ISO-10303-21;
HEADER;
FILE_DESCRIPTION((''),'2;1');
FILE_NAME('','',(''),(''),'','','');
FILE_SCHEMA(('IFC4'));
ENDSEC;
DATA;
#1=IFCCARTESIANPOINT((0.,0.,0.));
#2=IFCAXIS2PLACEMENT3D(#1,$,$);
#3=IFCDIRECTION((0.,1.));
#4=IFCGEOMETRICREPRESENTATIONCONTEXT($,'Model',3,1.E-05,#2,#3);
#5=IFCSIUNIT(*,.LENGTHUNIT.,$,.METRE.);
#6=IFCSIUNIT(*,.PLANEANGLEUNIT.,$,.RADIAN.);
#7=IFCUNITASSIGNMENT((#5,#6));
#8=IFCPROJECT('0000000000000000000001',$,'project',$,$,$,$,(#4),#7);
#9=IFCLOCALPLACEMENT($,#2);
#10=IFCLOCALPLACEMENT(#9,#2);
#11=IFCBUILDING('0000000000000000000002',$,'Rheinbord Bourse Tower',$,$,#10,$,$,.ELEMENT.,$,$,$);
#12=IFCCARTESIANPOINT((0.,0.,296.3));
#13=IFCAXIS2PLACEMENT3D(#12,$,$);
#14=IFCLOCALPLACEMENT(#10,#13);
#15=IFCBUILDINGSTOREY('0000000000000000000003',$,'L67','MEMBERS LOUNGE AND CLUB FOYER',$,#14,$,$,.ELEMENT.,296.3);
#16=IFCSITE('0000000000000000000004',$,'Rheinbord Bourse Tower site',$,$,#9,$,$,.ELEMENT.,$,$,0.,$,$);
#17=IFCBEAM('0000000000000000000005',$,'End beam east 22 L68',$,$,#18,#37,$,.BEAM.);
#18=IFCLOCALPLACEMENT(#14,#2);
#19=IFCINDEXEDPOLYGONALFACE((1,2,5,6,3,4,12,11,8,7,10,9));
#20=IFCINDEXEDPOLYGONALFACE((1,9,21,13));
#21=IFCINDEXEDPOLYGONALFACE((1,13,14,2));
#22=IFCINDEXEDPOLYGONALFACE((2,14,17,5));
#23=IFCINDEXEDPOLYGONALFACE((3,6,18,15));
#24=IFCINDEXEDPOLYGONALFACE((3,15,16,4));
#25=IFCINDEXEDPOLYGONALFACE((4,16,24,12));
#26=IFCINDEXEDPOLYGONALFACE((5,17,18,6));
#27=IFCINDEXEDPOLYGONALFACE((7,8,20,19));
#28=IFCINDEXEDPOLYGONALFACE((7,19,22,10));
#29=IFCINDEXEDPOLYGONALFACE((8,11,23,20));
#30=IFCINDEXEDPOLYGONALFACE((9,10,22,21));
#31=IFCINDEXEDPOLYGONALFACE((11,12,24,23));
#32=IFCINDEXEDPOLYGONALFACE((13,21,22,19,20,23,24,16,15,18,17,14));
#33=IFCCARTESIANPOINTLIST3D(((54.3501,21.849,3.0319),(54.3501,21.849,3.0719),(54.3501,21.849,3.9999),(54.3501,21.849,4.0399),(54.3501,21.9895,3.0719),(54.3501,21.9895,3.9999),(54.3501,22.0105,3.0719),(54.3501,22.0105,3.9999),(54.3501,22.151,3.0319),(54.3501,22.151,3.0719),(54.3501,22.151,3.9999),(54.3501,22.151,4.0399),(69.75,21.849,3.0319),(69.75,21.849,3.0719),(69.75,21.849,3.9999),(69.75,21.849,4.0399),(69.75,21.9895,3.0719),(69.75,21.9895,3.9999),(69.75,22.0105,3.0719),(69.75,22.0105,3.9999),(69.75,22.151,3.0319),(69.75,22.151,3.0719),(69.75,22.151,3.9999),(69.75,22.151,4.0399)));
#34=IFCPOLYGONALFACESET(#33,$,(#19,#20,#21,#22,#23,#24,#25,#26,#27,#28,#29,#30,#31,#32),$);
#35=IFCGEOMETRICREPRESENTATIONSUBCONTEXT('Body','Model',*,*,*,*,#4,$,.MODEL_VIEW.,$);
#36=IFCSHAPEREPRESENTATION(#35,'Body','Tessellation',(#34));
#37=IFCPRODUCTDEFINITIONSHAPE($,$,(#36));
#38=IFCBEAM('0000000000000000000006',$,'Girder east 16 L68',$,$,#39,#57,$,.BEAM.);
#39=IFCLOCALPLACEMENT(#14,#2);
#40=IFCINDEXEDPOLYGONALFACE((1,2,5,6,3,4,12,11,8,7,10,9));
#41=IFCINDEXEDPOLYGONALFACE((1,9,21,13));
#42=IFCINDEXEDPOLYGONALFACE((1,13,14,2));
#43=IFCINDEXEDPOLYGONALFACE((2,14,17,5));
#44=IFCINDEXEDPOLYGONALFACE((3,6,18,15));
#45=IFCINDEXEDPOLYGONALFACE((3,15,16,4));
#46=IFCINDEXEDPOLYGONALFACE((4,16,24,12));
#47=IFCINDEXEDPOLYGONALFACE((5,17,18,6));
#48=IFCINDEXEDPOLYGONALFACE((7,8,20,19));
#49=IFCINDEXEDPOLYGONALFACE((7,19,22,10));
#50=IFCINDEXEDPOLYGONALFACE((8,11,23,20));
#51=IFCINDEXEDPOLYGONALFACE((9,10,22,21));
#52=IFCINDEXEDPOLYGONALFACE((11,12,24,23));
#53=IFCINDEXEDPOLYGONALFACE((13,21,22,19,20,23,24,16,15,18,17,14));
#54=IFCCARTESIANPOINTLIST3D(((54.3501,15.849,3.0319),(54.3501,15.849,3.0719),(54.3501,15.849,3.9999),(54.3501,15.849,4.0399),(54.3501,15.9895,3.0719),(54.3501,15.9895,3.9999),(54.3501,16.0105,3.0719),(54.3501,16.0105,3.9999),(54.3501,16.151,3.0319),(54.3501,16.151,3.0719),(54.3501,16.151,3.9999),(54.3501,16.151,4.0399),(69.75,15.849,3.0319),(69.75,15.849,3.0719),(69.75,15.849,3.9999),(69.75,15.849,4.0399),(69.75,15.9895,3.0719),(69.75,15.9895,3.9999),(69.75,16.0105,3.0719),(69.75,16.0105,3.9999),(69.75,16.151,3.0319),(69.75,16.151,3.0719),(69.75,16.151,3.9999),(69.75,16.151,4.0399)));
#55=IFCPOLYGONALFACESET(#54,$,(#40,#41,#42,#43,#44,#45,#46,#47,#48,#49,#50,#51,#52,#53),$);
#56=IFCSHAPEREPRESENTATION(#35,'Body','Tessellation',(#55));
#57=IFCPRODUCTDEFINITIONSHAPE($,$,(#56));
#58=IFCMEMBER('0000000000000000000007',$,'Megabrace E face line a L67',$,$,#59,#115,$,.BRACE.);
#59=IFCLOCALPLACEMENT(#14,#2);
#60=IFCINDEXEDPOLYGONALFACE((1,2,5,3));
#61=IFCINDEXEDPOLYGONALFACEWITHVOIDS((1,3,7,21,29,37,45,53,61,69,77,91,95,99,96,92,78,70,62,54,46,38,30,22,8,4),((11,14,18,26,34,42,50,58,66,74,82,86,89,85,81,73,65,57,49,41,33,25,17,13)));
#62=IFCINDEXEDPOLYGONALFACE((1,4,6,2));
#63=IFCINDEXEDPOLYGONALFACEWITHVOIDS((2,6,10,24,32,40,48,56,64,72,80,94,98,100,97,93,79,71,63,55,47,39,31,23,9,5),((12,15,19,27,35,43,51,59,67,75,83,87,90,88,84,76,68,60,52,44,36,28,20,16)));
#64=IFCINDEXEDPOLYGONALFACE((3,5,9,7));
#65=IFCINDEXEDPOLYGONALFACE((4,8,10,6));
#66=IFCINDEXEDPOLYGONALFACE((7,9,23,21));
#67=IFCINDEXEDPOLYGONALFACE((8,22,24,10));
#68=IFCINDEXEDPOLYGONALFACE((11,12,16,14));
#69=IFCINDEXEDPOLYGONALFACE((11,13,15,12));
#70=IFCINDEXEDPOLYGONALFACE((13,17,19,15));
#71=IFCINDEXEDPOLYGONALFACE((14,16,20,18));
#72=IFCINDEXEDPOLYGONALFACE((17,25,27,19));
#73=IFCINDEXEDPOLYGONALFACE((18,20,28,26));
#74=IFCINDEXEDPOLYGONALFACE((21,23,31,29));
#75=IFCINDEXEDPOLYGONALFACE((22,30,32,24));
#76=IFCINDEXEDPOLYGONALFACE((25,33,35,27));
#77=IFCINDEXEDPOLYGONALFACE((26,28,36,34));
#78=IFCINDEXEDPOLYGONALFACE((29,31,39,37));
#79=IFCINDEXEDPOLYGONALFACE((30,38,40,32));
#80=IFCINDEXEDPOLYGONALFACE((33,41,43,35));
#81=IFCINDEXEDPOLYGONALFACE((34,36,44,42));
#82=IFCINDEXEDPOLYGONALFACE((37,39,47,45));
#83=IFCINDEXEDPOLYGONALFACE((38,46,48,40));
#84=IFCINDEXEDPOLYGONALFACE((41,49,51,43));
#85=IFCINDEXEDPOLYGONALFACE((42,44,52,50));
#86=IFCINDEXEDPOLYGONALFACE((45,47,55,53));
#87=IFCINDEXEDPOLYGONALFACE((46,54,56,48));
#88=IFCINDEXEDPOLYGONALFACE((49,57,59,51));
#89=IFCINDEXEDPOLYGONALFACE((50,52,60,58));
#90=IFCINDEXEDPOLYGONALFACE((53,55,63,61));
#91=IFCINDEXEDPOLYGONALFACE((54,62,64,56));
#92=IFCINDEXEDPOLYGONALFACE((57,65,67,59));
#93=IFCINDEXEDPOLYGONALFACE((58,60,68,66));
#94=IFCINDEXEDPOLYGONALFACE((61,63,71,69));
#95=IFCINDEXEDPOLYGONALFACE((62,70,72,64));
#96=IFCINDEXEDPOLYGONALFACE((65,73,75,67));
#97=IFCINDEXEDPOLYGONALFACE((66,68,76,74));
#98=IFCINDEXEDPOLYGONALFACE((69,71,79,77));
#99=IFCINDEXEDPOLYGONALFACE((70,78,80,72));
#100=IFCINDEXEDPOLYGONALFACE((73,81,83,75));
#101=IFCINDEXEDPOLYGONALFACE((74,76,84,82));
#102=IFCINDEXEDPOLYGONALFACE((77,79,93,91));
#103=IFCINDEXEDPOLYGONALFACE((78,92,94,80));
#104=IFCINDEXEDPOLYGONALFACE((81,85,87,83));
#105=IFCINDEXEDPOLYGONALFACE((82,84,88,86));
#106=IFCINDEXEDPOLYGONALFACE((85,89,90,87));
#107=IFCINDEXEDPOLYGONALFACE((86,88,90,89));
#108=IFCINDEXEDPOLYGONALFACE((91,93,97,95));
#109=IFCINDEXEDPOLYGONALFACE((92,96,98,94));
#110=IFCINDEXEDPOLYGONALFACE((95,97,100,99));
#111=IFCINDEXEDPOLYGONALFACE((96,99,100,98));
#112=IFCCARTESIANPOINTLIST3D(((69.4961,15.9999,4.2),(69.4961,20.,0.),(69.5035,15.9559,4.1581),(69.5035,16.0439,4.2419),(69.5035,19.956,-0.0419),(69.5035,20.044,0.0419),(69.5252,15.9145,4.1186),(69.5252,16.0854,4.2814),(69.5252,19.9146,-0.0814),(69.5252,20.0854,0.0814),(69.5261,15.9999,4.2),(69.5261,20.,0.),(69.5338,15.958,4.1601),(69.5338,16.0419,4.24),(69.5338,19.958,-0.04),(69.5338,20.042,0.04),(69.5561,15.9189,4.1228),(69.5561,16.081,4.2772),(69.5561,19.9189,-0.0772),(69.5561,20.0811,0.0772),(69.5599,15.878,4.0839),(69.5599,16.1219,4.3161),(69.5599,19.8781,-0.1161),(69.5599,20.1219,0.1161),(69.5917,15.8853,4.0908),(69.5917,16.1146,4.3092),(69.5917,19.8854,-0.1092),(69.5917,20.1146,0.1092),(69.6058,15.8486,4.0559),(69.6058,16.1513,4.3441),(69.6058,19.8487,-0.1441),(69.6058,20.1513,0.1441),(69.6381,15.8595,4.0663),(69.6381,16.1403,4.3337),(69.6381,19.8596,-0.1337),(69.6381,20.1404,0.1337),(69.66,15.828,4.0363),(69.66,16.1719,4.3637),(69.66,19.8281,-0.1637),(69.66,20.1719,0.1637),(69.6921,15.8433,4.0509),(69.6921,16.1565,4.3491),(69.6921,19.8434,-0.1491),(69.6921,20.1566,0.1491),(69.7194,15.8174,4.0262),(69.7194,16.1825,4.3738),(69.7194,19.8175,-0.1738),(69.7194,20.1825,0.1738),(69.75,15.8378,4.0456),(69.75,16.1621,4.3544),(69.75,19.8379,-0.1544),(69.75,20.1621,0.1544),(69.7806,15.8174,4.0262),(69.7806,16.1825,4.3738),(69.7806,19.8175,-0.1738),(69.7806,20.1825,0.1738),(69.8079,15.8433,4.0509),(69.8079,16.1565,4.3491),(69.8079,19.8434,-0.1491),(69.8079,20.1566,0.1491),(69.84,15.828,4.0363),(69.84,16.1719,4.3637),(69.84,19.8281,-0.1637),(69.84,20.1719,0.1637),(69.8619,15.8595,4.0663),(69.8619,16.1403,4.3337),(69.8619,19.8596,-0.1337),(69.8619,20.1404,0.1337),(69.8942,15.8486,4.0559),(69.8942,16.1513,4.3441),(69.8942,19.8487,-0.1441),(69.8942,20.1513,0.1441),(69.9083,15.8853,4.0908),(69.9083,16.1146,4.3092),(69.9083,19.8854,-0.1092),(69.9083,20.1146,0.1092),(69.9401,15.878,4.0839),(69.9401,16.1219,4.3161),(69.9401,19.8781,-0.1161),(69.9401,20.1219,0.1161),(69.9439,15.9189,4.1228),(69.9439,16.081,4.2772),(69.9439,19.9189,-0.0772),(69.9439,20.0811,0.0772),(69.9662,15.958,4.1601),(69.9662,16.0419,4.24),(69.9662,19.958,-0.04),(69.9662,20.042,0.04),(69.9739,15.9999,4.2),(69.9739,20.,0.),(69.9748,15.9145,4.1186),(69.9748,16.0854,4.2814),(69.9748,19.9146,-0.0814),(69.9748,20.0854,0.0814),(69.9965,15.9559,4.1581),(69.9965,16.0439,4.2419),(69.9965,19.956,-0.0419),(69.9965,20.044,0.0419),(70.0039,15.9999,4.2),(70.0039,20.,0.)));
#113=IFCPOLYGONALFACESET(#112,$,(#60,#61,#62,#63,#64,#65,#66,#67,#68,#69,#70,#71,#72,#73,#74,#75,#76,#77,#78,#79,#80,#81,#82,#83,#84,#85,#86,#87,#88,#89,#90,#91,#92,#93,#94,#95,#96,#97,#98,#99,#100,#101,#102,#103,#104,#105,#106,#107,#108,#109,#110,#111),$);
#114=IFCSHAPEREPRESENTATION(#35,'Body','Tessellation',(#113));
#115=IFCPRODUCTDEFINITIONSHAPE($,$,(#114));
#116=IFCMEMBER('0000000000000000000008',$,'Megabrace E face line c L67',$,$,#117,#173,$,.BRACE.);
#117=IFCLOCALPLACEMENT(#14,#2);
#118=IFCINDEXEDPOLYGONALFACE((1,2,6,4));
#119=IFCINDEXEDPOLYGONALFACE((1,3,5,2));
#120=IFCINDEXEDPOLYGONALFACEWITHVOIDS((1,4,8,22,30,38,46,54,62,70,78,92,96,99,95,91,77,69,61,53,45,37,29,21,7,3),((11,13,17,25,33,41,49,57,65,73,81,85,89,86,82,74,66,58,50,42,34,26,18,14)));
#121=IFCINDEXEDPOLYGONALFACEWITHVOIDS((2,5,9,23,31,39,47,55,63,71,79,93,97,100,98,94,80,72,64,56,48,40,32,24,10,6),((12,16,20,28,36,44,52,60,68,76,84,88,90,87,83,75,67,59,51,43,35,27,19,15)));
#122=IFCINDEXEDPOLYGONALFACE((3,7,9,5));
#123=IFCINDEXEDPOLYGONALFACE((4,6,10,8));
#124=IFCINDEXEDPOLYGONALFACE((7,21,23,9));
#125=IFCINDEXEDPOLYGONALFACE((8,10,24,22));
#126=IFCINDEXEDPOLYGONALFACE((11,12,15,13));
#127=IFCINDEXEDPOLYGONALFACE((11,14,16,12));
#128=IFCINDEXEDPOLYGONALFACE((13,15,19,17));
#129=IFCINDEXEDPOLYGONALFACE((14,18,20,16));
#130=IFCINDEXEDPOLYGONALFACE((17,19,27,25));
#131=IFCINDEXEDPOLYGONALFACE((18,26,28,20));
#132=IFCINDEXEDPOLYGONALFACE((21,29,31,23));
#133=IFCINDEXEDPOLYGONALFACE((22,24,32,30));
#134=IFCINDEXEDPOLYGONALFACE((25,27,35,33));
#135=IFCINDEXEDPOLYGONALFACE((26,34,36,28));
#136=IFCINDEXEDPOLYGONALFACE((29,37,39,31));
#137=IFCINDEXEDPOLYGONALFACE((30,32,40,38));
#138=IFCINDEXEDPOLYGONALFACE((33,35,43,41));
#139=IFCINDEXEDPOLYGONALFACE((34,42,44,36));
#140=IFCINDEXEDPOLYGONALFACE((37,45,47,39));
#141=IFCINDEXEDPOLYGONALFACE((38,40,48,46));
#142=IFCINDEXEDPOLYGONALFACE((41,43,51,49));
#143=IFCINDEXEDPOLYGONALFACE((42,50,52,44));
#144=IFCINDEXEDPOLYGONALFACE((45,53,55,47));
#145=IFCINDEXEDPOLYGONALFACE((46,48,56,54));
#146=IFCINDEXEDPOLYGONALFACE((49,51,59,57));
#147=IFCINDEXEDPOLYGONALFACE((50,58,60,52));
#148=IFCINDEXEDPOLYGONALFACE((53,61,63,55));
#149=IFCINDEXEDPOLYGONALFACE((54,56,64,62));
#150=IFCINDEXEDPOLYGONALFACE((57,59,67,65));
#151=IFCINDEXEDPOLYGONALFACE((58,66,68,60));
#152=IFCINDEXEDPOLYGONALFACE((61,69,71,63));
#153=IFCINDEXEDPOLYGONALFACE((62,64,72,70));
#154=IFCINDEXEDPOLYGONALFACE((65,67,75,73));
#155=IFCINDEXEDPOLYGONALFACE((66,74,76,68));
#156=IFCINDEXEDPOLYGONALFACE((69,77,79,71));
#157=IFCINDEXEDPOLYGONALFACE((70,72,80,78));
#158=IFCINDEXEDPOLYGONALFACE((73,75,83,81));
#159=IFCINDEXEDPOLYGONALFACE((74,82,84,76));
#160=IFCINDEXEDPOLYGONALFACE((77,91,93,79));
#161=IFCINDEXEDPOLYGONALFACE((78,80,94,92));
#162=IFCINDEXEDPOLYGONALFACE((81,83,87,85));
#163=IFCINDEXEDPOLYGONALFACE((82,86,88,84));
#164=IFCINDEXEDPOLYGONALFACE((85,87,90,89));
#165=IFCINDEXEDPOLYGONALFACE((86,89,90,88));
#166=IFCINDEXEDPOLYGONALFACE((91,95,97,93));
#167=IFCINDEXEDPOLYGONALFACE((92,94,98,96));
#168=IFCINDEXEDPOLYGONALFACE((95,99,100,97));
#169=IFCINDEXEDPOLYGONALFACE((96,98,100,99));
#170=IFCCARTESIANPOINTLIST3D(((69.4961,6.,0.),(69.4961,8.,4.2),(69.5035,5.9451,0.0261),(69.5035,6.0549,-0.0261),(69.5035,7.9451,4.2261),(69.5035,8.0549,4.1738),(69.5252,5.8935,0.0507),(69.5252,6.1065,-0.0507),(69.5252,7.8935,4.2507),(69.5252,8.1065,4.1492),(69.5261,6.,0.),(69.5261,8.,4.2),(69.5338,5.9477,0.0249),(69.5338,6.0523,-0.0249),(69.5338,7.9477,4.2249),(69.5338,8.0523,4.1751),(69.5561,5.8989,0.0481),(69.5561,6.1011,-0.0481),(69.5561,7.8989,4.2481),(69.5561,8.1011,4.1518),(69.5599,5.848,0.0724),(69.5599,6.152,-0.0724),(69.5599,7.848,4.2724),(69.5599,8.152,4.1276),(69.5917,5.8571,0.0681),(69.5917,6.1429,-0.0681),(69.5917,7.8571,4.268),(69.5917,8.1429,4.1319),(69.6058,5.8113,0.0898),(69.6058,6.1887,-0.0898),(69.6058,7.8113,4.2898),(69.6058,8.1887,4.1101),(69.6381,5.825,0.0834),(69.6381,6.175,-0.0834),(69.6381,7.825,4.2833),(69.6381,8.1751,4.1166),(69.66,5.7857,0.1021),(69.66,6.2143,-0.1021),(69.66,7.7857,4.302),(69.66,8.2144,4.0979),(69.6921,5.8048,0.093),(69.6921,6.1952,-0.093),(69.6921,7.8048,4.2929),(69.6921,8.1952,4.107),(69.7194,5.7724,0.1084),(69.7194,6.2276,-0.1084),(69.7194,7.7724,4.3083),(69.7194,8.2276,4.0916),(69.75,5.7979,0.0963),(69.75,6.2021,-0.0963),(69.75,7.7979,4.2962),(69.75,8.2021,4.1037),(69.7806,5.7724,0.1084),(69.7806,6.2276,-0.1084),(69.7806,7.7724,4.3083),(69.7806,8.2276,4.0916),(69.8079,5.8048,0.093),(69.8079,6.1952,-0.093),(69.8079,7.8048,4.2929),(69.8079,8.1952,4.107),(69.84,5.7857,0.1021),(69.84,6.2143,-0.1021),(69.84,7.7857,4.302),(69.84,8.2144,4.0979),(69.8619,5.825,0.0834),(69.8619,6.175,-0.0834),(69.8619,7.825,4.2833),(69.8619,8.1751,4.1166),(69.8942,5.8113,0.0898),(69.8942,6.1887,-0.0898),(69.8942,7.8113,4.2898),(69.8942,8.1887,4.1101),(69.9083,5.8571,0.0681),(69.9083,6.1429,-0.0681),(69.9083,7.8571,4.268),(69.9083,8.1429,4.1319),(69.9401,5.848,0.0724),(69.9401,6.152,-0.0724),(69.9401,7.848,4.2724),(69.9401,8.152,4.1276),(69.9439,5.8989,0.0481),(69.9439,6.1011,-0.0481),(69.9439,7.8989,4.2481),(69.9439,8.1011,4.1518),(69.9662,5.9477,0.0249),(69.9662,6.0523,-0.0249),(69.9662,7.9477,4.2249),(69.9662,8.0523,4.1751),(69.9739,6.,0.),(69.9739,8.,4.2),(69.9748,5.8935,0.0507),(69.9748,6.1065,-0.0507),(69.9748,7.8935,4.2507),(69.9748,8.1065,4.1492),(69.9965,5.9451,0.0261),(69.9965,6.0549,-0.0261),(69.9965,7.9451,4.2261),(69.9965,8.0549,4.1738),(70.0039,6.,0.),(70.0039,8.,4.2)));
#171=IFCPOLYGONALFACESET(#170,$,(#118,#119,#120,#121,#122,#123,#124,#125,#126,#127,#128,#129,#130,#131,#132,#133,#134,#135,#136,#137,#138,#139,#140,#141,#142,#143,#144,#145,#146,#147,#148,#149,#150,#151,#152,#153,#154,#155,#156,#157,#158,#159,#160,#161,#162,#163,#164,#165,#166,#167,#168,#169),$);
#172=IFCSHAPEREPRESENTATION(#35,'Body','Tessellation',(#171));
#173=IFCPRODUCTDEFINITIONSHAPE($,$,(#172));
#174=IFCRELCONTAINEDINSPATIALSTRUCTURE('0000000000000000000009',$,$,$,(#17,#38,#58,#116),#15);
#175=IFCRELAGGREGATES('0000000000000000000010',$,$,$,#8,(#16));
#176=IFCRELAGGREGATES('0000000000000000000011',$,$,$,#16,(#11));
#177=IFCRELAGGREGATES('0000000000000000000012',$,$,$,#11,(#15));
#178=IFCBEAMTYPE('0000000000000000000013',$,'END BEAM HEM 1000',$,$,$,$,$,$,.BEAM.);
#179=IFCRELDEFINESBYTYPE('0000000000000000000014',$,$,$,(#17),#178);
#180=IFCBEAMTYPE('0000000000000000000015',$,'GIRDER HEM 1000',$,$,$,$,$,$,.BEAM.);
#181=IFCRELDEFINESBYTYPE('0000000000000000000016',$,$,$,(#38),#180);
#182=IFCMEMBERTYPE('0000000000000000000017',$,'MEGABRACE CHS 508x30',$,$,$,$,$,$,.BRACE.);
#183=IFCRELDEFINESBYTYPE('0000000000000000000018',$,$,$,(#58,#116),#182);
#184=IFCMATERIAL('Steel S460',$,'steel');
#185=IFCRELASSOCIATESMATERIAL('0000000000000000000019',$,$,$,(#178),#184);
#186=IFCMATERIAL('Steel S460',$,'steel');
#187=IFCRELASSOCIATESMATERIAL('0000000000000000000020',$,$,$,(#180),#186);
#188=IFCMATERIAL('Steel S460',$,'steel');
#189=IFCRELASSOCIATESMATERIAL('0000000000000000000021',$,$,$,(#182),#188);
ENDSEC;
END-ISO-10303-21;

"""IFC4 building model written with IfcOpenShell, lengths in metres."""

from ifc_helpers import new_model, si_unit, direction, frame, origin, origin_2d, place, context, subcontext, project, spatial, hollow_circle, i_section, extrude, material, material_profile, profile_set, type_object, element, save


model = new_model("IFC4")

# Units and contexts
model_context = context("Model", 3, precision=1e-05, world=origin(), true_north=direction((0.0, 1.0)))
body_context = subcontext(model_context, "Body", "Model", "MODEL_VIEW")
ifc_project = project(units=[si_unit("LENGTHUNIT", "METRE"), si_unit("PLANEANGLEUNIT", "RADIAN")], contexts=[model_context])

# Site, building, storey
site_placement = place(None, origin())
site = spatial("IfcSite", under=ifc_project, at=site_placement, Name="Rheinbord Bourse Tower site", CompositionType="ELEMENT", RefElevation=0.0)
building_placement = place(site_placement, origin())
building = spatial("IfcBuilding", under=site, at=building_placement, Name="Rheinbord Bourse Tower", CompositionType="ELEMENT")
storey_placement = place(building_placement, frame((0.0, 0.0, 296.3)))
storey = spatial("IfcBuildingStorey", under=building, at=storey_placement, Name="L67", Description="MEMBERS LOUNGE AND CLUB FOYER", CompositionType="ELEMENT", Elevation=296.3)

# Beams
ifc_material_1 = material(Name="Steel S460", Category="steel")
ifc_material_profile_1 = material_profile(ifc_material_1, i_section(OverallWidth=0.302, OverallDepth=1.0081, WebThickness=0.021, FlangeThickness=0.04, at=origin_2d()), Name="HEM 1000")
ifc_profile_set_1 = profile_set([ifc_material_profile_1], Name="Steel S460")
beam_type_1 = type_object("IfcBeamType", Name="END BEAM HEM 1000", PredefinedType="BEAM", material=ifc_profile_set_1)
for number, where, z_axis, x_axis, name in (
    (1, (54.3501, 22.0, 3.5359), (1.0, 0.0, 0.0), (0.0, 1.0, 0.0), "End beam east 22 L68"),
):
    element("IfcBeam", number, at=place(storey_placement, frame(where, z_axis=z_axis, x_axis=x_axis)), inside=storey, type_object=beam_type_1, Name=name, PredefinedType="BEAM", context=body_context, shape_type="SweptSolid", body=[
        extrude(i_section(OverallWidth=0.302, OverallDepth=1.0081, WebThickness=0.021, FlangeThickness=0.04, at=origin_2d()), origin(), (0.0, 0.0, 1.0), 15.3999),
    ])
ifc_material_2 = material(Name="Steel S460", Category="steel")
ifc_material_profile_2 = material_profile(ifc_material_2, i_section(OverallWidth=0.302, OverallDepth=1.0081, WebThickness=0.021, FlangeThickness=0.04, at=origin_2d()), Name="HEM 1000")
ifc_profile_set_2 = profile_set([ifc_material_profile_2], Name="Steel S460")
beam_type_2 = type_object("IfcBeamType", Name="GIRDER HEM 1000", PredefinedType="BEAM", material=ifc_profile_set_2)
beam_1_placement = place(storey_placement, frame((54.3501, 16.0, 3.5359), z_axis=(1.0, 0.0, 0.0), x_axis=(0.0, 1.0, 0.0)))
element("IfcBeam", 2, at=beam_1_placement, inside=storey, type_object=beam_type_2, Name="Girder east 16 L68", PredefinedType="BEAM", context=body_context, shape_type="SweptSolid", body=[
    extrude(i_section(OverallWidth=0.302, OverallDepth=1.0081, WebThickness=0.021, FlangeThickness=0.04, at=origin_2d()), origin(), (0.0, 0.0, 1.0), 15.3999),
])

# Members
ifc_material_3 = material(Name="Steel S460", Category="steel")
ifc_material_profile_3 = material_profile(ifc_material_3, hollow_circle(Radius=0.2539, WallThickness=0.03, at=origin_2d()), Name="CHS 508x30")
ifc_profile_set_3 = profile_set([ifc_material_profile_3], Name="Steel S460")
member_type_1 = type_object("IfcMemberType", Name="MEGABRACE CHS 508x30", PredefinedType="BRACE", material=ifc_profile_set_3)
member_1_placement = place(storey_placement, frame((69.75, 20.0, 0.0), z_axis=(0.0, -0.689659, 0.724134), x_axis=(1.0, 0.0, 0.0)))
element("IfcMember", 3, at=member_1_placement, inside=storey, type_object=member_type_1, Name="Megabrace E face line a L67", PredefinedType="BRACE", context=body_context, shape_type="SweptSolid", body=[
    extrude(hollow_circle(Radius=0.2539, WallThickness=0.03, at=origin_2d()), origin(), (0.0, 0.0, 1.0), 5.8),
])
member_2_placement = place(storey_placement, frame((69.75, 6.0, 0.0), z_axis=(0.0, 0.429938, 0.902859), x_axis=(-1.0, 0.0, 0.0)))
element("IfcMember", 4, at=member_2_placement, inside=storey, type_object=member_type_1, Name="Megabrace E face line c L67", PredefinedType="BRACE", context=body_context, shape_type="SweptSolid", body=[
    extrude(hollow_circle(Radius=0.2539, WallThickness=0.03, at=origin_2d()), origin(), (0.0, 0.0, 1.0), 4.6519),
])

save(model, "model.ifc")
